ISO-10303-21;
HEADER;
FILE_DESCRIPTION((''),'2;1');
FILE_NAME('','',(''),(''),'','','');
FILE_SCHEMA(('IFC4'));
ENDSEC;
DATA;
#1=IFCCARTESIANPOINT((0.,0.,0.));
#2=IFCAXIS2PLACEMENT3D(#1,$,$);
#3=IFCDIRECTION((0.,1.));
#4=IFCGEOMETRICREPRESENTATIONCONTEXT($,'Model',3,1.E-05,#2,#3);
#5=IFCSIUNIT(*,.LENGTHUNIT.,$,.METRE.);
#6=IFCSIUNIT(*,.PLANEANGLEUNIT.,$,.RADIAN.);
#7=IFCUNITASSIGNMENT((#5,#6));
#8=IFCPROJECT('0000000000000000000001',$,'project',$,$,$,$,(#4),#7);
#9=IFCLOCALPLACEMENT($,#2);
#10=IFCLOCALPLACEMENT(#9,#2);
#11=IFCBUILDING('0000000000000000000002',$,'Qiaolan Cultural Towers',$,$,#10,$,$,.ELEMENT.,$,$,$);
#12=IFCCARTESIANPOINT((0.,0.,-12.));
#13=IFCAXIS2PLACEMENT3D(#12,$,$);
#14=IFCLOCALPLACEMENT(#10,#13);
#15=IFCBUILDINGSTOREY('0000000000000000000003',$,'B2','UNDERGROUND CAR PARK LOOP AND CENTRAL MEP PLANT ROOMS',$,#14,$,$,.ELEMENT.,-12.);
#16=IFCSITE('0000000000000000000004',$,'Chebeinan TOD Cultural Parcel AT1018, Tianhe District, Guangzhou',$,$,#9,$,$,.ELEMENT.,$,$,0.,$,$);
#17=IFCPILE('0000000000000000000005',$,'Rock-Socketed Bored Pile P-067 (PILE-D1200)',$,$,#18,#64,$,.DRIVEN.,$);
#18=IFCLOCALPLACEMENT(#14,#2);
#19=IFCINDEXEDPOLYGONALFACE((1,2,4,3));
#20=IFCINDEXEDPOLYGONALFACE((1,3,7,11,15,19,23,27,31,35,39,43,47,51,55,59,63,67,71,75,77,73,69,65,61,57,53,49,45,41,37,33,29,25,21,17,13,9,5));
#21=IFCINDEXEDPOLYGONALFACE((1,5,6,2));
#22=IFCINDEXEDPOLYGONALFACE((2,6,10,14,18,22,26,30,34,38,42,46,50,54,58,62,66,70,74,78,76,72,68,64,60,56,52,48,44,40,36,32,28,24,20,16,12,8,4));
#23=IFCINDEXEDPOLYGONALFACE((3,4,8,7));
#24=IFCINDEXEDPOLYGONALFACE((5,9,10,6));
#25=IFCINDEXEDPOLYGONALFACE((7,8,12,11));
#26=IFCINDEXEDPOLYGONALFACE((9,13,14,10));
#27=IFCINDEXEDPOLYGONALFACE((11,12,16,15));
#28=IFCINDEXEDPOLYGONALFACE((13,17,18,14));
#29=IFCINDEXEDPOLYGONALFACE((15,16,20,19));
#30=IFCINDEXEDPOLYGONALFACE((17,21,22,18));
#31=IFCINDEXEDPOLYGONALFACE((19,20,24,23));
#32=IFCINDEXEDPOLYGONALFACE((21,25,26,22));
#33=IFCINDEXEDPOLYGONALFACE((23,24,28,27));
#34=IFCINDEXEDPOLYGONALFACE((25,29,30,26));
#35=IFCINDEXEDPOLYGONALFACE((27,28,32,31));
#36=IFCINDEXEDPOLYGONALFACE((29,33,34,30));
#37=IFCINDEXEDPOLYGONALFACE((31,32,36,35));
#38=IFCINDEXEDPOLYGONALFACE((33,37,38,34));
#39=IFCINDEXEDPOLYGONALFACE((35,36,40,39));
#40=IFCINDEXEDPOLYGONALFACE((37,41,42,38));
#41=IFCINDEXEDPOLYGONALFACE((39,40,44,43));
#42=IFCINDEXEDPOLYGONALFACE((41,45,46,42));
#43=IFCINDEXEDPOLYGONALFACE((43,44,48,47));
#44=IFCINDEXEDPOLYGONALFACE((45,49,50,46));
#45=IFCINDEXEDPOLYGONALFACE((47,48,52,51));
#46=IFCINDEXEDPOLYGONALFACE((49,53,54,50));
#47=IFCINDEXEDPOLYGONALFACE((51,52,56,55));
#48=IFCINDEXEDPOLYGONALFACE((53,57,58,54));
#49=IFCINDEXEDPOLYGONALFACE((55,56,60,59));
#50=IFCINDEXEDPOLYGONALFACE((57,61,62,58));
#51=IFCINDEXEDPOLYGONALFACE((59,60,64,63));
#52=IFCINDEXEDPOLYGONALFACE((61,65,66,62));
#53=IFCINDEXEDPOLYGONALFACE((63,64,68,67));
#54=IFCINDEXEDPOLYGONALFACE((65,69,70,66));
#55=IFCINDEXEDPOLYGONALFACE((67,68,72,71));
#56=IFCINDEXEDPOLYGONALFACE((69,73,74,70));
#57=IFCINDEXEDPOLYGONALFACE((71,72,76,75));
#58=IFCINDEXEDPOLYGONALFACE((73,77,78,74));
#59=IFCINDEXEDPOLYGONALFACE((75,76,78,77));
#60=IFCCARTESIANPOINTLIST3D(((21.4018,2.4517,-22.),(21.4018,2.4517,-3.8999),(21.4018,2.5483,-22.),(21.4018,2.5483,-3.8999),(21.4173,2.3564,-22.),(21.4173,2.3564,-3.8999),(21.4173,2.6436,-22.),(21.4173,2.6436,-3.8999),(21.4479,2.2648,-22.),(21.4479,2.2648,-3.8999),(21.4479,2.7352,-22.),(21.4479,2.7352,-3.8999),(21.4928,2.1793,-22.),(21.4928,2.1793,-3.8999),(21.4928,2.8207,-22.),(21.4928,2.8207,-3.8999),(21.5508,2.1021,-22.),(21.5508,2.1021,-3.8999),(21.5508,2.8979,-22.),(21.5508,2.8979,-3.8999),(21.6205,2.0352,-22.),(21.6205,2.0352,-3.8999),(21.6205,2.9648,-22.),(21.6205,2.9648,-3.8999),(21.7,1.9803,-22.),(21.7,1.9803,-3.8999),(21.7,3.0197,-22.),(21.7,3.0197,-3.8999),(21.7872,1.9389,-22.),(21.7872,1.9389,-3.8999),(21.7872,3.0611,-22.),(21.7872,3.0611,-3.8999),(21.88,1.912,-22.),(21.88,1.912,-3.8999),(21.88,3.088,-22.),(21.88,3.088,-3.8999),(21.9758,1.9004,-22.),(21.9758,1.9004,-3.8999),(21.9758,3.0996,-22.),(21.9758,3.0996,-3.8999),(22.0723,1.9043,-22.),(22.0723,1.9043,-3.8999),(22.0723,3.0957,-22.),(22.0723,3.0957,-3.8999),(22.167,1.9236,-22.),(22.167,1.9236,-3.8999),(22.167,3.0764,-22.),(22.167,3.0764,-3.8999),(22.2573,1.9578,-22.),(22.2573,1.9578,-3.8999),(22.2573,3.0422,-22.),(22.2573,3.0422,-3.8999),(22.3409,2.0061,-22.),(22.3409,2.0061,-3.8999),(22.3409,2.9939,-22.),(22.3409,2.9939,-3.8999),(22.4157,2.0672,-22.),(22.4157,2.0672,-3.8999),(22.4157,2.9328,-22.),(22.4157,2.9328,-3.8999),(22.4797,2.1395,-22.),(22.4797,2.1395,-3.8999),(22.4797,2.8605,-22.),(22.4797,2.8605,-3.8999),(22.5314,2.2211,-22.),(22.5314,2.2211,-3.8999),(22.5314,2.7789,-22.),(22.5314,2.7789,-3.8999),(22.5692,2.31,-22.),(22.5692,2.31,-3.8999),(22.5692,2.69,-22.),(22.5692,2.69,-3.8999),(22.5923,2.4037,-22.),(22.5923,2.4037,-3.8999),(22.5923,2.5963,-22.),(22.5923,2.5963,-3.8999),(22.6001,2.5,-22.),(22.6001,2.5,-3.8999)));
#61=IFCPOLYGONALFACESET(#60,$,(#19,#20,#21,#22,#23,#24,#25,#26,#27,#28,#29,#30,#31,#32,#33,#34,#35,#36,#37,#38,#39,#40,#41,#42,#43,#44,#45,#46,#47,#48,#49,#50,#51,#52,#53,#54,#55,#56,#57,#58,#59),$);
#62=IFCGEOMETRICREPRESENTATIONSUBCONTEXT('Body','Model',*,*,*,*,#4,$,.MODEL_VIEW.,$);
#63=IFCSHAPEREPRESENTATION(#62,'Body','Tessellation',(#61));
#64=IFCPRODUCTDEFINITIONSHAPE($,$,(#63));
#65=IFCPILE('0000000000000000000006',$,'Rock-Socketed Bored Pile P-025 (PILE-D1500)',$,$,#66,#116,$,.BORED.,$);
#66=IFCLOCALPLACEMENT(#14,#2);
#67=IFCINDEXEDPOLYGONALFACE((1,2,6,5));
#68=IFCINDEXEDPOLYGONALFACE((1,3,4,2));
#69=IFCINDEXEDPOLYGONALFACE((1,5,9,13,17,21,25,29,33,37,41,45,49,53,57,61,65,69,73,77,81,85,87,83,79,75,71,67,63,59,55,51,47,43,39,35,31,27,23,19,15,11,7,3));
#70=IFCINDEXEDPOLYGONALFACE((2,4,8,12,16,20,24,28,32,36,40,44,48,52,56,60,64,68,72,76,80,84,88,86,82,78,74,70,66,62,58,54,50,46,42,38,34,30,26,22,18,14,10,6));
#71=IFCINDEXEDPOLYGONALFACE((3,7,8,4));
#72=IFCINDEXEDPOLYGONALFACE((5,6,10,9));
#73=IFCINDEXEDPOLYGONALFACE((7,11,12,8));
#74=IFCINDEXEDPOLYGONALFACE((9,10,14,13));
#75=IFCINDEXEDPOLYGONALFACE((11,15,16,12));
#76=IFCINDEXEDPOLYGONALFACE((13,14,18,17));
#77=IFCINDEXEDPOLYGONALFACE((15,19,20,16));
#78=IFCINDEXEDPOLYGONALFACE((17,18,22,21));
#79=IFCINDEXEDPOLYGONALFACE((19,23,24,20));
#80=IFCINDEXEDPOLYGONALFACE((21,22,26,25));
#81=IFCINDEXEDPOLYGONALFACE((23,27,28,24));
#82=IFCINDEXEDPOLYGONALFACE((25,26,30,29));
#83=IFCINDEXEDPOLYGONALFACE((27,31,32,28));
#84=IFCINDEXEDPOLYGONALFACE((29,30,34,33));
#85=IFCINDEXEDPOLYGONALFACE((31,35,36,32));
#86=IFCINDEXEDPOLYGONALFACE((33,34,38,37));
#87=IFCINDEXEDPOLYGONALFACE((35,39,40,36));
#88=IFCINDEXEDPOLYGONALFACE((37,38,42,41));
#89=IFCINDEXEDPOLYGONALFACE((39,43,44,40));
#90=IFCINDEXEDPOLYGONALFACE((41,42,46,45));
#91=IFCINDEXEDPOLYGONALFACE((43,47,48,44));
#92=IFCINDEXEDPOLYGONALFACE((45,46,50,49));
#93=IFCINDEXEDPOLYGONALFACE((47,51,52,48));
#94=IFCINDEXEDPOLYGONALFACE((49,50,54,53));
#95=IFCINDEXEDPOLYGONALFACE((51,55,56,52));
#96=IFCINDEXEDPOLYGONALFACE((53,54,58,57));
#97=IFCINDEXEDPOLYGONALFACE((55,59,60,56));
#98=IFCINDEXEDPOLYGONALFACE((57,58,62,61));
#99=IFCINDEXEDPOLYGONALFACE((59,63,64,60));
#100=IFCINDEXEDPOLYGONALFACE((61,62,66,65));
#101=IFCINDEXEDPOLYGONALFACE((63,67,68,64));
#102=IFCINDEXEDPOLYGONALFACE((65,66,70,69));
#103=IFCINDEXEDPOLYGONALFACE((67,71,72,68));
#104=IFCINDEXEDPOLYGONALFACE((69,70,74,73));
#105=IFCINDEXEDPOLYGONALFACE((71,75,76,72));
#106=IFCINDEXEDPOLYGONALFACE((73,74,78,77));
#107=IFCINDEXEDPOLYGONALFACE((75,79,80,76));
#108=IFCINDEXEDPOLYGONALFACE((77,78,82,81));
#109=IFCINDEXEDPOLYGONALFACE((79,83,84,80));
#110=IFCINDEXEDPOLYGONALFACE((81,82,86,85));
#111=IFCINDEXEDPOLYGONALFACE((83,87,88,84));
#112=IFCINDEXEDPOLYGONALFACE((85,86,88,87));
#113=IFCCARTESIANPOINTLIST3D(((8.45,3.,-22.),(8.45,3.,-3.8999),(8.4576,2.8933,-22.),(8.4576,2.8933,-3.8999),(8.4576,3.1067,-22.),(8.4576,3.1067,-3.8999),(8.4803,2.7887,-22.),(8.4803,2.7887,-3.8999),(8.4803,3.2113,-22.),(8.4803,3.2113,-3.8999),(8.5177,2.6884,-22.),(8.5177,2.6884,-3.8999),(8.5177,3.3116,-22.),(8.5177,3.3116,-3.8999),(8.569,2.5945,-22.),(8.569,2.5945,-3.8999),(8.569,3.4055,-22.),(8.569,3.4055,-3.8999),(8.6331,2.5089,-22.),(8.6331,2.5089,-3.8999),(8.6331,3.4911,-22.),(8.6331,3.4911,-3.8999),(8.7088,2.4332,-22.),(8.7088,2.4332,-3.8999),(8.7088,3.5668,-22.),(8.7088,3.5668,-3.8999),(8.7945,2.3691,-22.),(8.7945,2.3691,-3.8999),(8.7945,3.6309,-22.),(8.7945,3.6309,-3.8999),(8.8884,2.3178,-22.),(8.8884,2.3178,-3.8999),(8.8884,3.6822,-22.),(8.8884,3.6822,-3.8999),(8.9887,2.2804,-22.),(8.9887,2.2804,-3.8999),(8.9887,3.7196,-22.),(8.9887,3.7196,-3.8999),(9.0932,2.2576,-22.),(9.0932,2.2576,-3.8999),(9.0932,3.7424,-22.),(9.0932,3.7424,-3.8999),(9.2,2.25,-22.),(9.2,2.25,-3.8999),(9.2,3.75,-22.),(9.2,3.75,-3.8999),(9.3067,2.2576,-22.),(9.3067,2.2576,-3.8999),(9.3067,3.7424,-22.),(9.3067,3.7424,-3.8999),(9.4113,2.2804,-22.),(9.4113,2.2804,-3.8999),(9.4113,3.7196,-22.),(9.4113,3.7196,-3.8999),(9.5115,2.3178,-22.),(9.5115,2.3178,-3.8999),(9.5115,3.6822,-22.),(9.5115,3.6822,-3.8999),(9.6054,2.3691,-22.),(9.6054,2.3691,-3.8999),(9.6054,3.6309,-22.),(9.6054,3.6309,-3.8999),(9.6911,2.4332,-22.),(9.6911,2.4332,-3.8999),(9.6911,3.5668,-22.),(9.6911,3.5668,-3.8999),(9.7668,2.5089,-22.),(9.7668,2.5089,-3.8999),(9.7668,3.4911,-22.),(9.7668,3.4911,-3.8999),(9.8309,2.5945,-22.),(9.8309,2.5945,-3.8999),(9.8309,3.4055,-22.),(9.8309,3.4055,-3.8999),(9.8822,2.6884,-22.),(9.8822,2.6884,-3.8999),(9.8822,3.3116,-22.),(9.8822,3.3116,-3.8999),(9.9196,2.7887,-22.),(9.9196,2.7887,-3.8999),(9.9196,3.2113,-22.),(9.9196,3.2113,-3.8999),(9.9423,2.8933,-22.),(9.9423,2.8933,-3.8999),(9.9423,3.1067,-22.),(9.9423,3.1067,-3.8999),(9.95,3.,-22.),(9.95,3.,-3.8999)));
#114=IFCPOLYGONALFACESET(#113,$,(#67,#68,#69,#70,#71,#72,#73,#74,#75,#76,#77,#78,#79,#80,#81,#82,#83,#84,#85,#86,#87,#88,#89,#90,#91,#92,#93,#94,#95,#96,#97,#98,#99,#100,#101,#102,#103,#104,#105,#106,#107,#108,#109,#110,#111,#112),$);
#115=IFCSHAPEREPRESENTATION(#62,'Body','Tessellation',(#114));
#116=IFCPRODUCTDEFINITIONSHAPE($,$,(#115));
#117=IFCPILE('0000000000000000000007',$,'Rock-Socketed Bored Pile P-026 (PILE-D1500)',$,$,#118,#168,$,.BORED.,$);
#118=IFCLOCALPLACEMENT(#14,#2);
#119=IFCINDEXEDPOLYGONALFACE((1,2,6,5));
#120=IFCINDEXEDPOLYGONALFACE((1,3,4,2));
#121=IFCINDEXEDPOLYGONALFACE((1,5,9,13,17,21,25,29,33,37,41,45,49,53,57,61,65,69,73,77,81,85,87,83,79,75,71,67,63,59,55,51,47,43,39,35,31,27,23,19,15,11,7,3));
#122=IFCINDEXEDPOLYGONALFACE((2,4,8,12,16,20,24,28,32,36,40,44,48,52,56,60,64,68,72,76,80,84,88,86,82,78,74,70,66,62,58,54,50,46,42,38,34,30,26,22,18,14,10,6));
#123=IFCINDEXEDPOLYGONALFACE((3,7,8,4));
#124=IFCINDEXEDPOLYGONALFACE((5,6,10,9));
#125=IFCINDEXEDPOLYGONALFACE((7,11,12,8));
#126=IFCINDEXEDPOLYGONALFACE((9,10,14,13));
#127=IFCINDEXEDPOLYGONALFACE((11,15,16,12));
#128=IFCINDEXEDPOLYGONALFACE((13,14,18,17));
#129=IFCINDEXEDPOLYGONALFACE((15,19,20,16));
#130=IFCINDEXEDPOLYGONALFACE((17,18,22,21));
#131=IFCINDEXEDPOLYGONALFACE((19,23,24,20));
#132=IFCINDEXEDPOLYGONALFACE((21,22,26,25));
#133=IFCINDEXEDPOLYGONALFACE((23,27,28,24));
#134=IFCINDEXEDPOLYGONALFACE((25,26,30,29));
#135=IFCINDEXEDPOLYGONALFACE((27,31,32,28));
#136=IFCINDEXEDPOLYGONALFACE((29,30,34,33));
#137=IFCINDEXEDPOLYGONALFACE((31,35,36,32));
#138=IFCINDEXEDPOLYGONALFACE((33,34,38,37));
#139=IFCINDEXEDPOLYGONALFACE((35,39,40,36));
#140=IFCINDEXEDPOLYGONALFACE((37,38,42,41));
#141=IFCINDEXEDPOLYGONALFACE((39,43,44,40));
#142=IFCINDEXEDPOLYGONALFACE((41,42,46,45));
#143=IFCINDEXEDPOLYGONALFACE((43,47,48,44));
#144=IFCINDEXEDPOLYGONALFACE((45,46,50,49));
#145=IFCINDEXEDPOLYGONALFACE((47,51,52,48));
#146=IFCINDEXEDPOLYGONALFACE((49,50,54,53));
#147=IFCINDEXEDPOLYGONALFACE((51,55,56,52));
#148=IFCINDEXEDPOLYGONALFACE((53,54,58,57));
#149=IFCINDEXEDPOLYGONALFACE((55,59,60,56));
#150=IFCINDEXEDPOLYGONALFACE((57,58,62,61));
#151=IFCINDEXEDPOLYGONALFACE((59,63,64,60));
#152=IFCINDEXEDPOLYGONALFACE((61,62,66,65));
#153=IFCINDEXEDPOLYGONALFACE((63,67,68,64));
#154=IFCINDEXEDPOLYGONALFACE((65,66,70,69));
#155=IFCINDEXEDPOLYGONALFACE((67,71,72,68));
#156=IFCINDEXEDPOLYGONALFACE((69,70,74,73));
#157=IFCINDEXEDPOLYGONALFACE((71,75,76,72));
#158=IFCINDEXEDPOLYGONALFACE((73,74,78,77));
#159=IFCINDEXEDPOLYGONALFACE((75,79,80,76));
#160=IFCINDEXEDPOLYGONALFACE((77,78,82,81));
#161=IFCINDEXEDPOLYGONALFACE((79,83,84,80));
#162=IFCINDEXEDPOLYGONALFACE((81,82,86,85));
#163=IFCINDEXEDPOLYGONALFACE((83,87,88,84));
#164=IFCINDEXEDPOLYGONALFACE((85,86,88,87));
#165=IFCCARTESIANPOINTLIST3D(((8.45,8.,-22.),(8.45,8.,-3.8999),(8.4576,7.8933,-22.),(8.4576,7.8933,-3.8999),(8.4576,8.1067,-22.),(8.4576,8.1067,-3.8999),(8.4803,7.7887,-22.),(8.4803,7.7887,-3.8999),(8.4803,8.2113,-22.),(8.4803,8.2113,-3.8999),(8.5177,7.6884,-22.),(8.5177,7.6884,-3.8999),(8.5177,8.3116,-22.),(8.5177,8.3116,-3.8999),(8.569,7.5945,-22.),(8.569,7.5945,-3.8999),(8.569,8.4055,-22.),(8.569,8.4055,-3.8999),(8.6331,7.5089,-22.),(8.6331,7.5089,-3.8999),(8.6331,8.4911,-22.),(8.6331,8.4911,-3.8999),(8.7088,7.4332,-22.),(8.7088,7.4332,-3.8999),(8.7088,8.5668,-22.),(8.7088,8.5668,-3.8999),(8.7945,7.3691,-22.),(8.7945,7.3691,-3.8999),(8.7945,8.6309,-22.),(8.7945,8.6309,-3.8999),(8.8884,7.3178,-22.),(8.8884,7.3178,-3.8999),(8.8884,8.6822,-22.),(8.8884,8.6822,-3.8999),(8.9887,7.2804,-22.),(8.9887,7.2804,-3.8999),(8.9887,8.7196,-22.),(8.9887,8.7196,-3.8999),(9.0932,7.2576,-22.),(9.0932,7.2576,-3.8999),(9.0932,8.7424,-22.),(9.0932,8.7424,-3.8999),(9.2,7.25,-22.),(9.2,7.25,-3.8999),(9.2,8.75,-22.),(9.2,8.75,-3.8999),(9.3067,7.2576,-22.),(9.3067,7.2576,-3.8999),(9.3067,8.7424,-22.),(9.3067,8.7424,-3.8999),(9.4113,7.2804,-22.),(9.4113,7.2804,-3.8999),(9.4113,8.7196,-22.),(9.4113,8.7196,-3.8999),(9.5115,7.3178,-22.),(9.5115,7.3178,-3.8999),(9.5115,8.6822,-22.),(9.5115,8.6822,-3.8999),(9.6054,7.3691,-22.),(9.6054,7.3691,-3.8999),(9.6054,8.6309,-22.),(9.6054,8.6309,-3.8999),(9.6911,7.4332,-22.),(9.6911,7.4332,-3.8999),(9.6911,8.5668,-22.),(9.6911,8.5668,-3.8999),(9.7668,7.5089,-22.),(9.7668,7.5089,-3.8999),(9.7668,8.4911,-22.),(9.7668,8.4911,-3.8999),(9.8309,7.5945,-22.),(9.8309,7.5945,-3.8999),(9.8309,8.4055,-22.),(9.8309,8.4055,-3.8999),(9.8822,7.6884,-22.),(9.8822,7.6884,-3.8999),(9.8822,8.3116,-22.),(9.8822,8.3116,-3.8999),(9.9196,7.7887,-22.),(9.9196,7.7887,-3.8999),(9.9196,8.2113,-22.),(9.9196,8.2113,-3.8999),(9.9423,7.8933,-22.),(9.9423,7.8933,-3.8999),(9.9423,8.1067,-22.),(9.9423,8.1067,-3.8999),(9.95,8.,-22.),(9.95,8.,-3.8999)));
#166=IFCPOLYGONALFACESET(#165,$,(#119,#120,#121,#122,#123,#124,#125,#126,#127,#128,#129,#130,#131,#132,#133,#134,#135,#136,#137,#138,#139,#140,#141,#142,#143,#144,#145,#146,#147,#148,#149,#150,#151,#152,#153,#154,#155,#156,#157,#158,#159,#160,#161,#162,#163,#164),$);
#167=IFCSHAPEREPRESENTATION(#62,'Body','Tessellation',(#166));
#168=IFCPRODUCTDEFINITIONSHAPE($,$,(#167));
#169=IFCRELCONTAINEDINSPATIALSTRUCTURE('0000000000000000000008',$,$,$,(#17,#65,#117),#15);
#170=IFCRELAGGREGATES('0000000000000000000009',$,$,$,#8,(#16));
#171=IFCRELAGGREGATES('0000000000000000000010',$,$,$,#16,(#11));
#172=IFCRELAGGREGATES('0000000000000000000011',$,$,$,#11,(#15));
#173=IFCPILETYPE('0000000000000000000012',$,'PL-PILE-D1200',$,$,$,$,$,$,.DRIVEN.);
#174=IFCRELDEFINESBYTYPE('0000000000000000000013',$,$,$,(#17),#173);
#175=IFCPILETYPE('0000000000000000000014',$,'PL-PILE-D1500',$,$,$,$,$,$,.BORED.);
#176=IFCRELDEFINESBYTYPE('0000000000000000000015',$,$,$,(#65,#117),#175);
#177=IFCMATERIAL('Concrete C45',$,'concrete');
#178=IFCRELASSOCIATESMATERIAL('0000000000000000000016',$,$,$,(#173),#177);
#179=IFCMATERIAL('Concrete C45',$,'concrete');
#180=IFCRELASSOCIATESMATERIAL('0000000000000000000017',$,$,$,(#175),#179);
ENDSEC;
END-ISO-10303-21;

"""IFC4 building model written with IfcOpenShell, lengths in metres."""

from ifc_helpers import new_model, si_unit, direction, frame, origin, origin_2d, place, context, subcontext, project, spatial, circle, extrude, material, material_profile, profile_set, type_object, element, save


model = new_model("IFC4")

# Units and contexts
model_context = context("Model", 3, precision=1e-05, world=origin(), true_north=direction((0.0, 1.0)))
body_context = subcontext(model_context, "Body", "Model", "MODEL_VIEW")
ifc_project = project(units=[si_unit("LENGTHUNIT", "METRE"), si_unit("PLANEANGLEUNIT", "RADIAN")], contexts=[model_context])

# Site, building, storey
site_placement = place(None, origin())
site = spatial("IfcSite", under=ifc_project, at=site_placement, Name="Chebeinan TOD Cultural Parcel AT1018, Tianhe District, Guangzhou", CompositionType="ELEMENT", RefElevation=0.0)
building_placement = place(site_placement, origin())
building = spatial("IfcBuilding", under=site, at=building_placement, Name="Qiaolan Cultural Towers", CompositionType="ELEMENT")
storey_placement = place(building_placement, frame((0.0, 0.0, -12.0)))
storey = spatial("IfcBuildingStorey", under=building, at=storey_placement, Name="B2", Description="UNDERGROUND CAR PARK LOOP AND CENTRAL MEP PLANT ROOMS", CompositionType="ELEMENT", Elevation=-12.0)

# Piles
ifc_material_1 = material(Name="Concrete C45", Category="concrete")
ifc_material_profile_1 = material_profile(ifc_material_1, circle(Radius=0.6001, at=origin_2d()), Name="PILE-D1200")
ifc_profile_set_1 = profile_set([ifc_material_profile_1], Name="Concrete C45")
pile_type_1 = type_object("IfcPileType", Name="PL-PILE-D1200", PredefinedType="DRIVEN", material=ifc_profile_set_1)
pile_placement = place(storey_placement, frame((22.0, 2.5, -3.8999), z_axis=(0.0, 0.0, -1.0), x_axis=(1.0, 0.0, 0.0)))
element("IfcPile", 1, at=pile_placement, inside=storey, type_object=pile_type_1, Name="Rock-Socketed Bored Pile P-067 (PILE-D1200)", PredefinedType="DRIVEN", context=body_context, shape_type="SweptSolid", body=[
    extrude(circle(Radius=0.6001, at=origin_2d()), origin(), (0.0, 0.0, 1.0), 18.1001),
])
ifc_material_2 = material(Name="Concrete C45", Category="concrete")
ifc_material_profile_2 = material_profile(ifc_material_2, circle(Radius=0.75, at=origin_2d()), Name="PILE-D1500")
ifc_profile_set_2 = profile_set([ifc_material_profile_2], Name="Concrete C45")
pile_type_2 = type_object("IfcPileType", Name="PL-PILE-D1500", PredefinedType="BORED", material=ifc_profile_set_2)
for number, where, z_axis, x_axis, name in (
    (2, (9.2, 3.0, -3.8999), (0.0, 0.0, -1.0), (1.0, 0.0, 0.0), "Rock-Socketed Bored Pile P-025 (PILE-D1500)"),
    (3, (9.2, 8.0, -3.8999), (0.0, 0.0, -1.0), (1.0, 0.0, 0.0), "Rock-Socketed Bored Pile P-026 (PILE-D1500)"),
):
    element("IfcPile", number, at=place(storey_placement, frame(where, z_axis=z_axis, x_axis=x_axis)), inside=storey, type_object=pile_type_2, Name=name, PredefinedType="BORED", context=body_context, shape_type="SweptSolid", body=[
        extrude(circle(Radius=0.75, at=origin_2d()), origin(), (0.0, 0.0, 1.0), 18.1001),
    ])

save(model, "model.ifc")
